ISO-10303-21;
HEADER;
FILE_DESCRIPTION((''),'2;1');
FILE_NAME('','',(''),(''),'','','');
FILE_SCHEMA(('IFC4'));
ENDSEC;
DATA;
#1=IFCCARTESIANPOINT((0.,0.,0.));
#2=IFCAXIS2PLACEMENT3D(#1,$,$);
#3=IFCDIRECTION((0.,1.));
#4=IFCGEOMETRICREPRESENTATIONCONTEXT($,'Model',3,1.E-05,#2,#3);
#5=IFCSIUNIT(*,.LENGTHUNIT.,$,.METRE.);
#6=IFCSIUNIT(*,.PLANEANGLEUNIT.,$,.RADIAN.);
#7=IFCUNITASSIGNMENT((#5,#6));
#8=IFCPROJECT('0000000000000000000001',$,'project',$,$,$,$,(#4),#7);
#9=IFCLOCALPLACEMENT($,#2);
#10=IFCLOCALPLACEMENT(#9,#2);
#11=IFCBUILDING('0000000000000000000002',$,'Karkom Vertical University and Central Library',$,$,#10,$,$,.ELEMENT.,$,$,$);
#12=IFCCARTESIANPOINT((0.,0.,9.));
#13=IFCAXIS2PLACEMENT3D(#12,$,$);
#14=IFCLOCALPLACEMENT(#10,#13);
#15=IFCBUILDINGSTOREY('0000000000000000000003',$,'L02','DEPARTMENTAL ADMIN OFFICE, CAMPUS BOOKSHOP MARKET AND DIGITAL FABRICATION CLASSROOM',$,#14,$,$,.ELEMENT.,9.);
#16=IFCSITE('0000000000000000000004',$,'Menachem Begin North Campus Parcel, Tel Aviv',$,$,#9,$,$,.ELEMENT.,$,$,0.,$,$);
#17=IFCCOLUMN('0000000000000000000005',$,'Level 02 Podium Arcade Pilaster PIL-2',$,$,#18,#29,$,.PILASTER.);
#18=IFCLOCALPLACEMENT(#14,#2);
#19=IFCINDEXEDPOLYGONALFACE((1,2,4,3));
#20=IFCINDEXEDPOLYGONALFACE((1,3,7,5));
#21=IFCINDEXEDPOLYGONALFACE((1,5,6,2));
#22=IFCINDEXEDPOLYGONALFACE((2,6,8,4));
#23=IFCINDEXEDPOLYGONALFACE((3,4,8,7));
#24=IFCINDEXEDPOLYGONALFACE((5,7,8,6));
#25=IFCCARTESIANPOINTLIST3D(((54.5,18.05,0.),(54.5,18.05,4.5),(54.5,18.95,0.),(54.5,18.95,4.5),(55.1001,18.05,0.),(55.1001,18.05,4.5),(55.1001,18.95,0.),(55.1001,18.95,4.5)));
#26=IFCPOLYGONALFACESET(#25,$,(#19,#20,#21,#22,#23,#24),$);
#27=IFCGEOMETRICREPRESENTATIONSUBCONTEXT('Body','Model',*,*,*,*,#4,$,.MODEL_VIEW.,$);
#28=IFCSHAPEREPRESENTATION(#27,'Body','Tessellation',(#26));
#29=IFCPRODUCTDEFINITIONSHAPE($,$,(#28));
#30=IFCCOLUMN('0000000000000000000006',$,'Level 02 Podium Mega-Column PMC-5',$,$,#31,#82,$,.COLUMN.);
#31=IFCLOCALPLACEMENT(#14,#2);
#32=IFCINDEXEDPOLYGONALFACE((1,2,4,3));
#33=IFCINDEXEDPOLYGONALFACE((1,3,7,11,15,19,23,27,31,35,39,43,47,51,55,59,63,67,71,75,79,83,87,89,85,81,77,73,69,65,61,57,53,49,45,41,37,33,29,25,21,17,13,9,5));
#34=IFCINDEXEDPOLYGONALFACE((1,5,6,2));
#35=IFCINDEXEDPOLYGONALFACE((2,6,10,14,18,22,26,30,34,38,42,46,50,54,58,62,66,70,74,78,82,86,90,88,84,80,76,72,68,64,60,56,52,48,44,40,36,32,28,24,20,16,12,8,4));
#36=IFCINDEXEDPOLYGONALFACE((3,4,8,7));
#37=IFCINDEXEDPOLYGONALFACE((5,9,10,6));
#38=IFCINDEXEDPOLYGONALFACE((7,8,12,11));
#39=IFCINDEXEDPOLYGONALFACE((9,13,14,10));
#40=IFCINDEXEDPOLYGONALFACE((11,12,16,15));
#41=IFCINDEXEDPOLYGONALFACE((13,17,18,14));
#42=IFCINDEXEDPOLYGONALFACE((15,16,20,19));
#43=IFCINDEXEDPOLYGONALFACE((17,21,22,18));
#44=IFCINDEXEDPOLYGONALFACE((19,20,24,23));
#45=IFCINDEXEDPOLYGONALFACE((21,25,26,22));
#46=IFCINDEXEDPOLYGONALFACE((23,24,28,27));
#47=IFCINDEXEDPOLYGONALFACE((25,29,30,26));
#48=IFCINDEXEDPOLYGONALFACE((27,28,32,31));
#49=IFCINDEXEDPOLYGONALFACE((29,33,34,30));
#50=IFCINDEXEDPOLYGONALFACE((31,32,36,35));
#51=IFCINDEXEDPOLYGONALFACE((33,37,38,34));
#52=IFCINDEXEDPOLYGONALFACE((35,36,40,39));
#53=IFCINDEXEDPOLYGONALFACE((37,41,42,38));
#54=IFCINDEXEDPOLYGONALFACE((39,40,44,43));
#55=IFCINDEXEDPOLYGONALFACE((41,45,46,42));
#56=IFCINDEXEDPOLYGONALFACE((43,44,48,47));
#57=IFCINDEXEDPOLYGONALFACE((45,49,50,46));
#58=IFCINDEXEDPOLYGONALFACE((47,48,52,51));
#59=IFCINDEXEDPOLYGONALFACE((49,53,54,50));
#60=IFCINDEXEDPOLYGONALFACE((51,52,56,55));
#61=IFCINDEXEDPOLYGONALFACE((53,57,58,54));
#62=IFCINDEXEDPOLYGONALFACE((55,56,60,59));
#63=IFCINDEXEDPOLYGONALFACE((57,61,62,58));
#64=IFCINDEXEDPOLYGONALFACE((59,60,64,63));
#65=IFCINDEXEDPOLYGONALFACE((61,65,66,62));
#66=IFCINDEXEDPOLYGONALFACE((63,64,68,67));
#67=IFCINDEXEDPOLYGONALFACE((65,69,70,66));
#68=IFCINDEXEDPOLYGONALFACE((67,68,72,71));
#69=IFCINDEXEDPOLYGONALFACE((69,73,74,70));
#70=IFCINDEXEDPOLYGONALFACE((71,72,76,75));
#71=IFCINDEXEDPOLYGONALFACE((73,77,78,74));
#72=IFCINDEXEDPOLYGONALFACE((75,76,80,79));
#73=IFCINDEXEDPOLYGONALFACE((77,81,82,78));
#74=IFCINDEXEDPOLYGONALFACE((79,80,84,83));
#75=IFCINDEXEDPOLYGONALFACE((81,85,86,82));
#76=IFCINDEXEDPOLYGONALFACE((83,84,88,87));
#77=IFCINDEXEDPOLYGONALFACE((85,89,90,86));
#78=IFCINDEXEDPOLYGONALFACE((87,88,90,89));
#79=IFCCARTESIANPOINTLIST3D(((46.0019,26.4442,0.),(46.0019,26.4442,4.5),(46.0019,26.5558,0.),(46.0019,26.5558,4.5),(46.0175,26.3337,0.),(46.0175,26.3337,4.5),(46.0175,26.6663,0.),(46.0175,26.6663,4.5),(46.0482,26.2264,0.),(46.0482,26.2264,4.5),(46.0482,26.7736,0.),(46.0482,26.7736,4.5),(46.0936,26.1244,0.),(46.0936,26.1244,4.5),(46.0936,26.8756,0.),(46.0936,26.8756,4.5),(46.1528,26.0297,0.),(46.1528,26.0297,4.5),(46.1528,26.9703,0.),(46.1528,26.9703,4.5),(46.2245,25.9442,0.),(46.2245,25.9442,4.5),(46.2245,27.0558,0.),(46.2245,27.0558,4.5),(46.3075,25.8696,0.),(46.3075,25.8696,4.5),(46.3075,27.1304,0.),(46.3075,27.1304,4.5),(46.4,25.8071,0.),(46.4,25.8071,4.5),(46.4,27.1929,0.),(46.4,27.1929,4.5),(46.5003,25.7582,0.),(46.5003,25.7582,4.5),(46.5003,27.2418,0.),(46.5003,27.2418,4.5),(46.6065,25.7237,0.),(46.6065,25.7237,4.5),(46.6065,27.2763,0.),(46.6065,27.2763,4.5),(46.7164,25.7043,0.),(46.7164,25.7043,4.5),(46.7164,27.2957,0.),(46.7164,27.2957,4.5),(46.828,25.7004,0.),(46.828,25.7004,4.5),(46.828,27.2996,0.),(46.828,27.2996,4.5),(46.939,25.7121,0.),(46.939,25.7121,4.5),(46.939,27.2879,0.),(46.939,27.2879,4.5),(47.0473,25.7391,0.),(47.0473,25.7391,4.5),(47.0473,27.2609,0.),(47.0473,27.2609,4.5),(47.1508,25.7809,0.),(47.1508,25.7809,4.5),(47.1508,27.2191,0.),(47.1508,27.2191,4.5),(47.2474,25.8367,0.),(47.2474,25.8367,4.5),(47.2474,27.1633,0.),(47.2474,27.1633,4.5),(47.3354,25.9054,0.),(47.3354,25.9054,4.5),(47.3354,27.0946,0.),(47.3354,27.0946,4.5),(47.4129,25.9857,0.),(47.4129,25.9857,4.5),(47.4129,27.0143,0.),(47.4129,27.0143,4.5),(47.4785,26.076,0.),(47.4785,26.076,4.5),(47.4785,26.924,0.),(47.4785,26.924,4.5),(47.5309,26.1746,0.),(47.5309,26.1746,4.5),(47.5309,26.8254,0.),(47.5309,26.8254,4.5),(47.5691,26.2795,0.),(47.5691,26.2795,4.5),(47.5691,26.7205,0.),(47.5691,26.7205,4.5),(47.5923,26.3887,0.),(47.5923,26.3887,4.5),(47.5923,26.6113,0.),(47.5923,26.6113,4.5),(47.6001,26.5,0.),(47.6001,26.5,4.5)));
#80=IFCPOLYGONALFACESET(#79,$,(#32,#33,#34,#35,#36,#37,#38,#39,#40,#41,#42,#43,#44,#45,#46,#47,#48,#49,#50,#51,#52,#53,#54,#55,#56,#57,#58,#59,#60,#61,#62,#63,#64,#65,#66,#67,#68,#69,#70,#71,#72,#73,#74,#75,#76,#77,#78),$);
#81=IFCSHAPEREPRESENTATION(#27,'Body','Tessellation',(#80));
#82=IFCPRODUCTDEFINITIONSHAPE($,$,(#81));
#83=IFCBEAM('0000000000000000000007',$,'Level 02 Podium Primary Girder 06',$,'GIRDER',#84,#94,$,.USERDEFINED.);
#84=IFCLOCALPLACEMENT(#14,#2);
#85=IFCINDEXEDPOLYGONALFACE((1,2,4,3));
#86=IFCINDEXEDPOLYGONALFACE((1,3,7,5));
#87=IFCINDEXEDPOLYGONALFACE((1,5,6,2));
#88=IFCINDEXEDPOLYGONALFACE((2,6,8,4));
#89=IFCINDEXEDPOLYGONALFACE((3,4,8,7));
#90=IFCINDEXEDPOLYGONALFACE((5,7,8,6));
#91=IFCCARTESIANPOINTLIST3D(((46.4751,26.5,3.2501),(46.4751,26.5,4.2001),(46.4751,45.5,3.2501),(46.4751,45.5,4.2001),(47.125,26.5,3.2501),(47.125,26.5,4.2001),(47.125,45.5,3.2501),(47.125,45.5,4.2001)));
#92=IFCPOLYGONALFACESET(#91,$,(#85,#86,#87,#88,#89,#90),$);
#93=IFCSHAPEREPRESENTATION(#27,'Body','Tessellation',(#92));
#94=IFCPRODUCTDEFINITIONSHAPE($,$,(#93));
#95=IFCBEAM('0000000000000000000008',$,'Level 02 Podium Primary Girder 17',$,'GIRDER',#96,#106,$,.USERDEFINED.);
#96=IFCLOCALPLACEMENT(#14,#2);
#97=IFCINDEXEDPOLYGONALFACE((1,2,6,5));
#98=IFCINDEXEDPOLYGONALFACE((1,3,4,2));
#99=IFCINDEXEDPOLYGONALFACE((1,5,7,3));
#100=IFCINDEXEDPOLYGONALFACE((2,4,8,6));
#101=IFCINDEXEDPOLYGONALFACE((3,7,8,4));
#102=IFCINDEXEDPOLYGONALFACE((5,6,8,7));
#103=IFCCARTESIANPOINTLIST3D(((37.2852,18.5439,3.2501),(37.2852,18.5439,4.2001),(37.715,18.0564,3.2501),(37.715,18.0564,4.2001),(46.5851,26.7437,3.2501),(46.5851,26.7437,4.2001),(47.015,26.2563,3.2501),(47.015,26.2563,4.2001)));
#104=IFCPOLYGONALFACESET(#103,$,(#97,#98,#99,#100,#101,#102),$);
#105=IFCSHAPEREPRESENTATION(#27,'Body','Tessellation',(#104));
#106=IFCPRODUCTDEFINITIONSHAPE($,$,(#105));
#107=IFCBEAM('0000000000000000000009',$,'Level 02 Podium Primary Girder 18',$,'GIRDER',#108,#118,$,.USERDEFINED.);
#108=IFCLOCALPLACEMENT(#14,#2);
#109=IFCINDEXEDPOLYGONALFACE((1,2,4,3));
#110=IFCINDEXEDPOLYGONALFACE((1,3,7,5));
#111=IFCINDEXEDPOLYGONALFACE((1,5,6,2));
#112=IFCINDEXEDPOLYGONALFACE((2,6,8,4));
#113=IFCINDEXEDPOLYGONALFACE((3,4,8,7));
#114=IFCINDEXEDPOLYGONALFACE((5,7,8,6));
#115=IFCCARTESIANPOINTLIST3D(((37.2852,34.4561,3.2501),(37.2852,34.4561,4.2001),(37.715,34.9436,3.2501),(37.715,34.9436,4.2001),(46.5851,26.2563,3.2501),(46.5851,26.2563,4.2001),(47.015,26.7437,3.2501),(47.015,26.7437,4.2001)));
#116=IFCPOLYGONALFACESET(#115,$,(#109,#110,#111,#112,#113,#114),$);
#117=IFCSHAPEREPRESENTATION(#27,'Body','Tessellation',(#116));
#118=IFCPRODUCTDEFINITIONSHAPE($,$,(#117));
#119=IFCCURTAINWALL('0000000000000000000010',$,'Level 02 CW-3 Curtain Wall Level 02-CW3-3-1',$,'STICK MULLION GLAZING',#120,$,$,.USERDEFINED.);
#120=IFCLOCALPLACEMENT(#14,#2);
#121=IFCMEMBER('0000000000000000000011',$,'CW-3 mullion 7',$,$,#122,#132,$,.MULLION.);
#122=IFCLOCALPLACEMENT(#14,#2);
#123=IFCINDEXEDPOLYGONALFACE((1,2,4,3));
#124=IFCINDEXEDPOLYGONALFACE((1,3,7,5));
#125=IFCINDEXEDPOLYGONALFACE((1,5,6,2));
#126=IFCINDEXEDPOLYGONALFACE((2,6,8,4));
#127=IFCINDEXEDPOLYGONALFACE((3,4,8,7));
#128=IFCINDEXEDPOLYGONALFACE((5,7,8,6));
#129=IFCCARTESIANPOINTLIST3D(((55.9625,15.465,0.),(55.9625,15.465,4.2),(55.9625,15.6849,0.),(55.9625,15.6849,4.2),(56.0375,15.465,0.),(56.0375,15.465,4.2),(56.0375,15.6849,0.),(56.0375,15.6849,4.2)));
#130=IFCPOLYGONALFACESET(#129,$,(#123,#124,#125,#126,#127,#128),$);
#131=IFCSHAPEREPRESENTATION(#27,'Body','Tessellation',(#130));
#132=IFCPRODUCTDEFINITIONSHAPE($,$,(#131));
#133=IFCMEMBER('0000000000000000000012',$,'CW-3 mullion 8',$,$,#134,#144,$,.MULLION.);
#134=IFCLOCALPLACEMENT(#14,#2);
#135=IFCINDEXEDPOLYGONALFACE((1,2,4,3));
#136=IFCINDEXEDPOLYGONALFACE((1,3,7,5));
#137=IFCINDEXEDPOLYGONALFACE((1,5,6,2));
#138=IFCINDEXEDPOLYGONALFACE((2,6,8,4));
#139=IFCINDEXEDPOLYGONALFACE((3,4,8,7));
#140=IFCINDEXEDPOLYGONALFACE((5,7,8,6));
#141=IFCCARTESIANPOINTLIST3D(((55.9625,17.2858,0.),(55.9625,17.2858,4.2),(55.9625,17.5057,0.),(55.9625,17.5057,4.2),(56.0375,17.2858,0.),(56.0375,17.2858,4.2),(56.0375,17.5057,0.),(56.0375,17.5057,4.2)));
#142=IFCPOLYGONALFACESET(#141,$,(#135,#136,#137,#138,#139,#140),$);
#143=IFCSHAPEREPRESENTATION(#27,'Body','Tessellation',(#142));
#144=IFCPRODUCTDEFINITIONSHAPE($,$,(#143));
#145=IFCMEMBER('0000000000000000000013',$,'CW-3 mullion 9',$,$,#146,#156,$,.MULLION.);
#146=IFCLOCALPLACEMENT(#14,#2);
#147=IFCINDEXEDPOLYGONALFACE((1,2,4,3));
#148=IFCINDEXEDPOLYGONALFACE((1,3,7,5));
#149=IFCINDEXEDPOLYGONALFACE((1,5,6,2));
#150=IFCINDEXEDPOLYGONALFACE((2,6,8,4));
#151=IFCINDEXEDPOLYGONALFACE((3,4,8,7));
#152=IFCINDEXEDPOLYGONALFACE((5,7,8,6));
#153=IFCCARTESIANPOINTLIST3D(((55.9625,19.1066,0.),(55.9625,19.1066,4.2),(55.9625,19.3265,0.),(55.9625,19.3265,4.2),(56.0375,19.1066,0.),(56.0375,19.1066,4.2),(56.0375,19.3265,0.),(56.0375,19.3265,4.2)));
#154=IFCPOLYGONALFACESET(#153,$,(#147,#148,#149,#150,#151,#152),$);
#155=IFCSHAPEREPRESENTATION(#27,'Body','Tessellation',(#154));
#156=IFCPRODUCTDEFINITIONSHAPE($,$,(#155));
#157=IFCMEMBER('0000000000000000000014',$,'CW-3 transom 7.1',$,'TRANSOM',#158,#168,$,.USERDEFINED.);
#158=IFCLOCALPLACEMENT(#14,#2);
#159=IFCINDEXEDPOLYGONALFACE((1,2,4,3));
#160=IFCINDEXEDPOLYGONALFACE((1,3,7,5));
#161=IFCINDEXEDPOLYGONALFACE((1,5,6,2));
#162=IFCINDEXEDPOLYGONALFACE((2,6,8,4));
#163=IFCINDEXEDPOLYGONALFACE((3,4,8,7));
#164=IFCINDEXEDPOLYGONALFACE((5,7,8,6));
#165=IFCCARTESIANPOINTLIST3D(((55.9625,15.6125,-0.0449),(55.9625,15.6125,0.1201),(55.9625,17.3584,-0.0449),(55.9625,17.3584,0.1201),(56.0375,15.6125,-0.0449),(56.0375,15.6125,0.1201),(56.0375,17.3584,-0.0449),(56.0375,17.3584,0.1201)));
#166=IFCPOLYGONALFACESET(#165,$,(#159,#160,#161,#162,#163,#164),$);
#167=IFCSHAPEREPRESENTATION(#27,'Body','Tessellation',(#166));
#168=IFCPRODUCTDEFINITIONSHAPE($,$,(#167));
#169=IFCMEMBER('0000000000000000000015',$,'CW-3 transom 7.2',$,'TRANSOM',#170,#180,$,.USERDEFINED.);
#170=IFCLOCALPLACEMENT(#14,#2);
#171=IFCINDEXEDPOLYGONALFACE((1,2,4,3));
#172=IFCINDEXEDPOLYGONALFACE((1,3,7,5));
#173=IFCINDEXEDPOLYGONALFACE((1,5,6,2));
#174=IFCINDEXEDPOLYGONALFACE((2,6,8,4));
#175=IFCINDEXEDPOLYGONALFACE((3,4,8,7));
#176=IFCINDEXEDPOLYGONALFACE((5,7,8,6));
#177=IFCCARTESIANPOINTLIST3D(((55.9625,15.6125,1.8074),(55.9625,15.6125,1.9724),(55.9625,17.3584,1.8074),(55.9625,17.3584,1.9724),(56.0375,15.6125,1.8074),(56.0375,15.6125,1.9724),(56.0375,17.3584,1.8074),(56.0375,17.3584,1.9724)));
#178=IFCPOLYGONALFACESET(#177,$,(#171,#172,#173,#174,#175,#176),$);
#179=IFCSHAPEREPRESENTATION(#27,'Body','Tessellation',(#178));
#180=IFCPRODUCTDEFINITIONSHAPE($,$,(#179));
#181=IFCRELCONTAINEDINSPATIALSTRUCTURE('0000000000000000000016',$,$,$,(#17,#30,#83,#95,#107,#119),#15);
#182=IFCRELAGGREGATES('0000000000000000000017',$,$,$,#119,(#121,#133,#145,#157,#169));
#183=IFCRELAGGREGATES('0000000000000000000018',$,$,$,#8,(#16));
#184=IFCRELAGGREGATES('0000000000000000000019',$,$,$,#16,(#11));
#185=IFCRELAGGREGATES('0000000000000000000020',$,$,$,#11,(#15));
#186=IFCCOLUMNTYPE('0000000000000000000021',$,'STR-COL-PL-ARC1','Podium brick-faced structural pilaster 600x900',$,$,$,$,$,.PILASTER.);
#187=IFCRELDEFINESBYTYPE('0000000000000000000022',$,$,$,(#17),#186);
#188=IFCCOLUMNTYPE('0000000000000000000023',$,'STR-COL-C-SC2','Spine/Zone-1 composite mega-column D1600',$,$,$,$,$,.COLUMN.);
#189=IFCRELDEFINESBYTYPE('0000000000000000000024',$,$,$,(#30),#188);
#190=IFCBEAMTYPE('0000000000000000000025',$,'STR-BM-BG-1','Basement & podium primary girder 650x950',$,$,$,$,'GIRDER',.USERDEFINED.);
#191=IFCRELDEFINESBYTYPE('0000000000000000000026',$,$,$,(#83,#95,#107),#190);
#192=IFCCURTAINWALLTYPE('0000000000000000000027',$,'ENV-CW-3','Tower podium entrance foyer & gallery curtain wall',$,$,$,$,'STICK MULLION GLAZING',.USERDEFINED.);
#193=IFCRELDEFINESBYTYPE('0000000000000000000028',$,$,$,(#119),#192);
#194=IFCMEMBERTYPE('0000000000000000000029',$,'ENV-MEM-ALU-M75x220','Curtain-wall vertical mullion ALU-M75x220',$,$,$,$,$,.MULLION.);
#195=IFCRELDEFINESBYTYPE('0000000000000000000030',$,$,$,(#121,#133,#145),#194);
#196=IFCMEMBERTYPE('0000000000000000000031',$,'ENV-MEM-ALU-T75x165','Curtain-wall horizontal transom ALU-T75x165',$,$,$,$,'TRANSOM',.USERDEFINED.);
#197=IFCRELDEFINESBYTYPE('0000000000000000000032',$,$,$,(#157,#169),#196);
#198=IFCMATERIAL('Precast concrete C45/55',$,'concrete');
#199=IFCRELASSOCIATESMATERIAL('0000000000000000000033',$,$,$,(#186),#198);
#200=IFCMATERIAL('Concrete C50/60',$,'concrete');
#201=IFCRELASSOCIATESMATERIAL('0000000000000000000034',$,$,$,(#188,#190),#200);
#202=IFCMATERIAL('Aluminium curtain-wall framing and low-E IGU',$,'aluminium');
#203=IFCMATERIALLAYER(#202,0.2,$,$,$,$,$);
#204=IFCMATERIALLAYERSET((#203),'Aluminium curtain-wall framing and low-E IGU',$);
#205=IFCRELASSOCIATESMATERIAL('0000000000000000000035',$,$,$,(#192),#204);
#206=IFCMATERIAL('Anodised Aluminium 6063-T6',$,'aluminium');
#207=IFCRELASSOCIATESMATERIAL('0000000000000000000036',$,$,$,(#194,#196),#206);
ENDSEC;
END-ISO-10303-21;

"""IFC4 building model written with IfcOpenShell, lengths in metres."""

from ifc_helpers import new_model, si_unit, direction, frame, origin, origin_with_axes, origin_2d, place, context, subcontext, project, spatial, rectangle, circle, extrude, source, transform, mapped, material, layer, layer_set, material_profile, profile_set, type_object, element, aggregate, save


model = new_model("IFC4")

# Units and contexts
model_context = context("Model", 3, precision=1e-05, world=origin(), true_north=direction((0.0, 1.0)))
body_context = subcontext(model_context, "Body", "Model", "MODEL_VIEW")
ifc_project = project(units=[si_unit("LENGTHUNIT", "METRE"), si_unit("PLANEANGLEUNIT", "RADIAN")], contexts=[model_context])

# Site, building, storey
site_placement = place(None, origin())
site = spatial("IfcSite", under=ifc_project, at=site_placement, Name="Menachem Begin North Campus Parcel, Tel Aviv", CompositionType="ELEMENT", RefElevation=0.0)
building_placement = place(site_placement, origin())
building = spatial("IfcBuilding", under=site, at=building_placement, Name="Karkom Vertical University and Central Library", CompositionType="ELEMENT")
storey_placement = place(building_placement, frame((0.0, 0.0, 9.0)))
storey = spatial("IfcBuildingStorey", under=building, at=storey_placement, Name="L02", Description="DEPARTMENTAL ADMIN OFFICE, CAMPUS BOOKSHOP MARKET AND DIGITAL FABRICATION CLASSROOM", CompositionType="ELEMENT", Elevation=9.0)

# Columns
ifc_material_1 = material(Name="Precast concrete C45/55", Category="concrete")
ifc_material_profile_1 = material_profile(ifc_material_1, rectangle(XDim=0.6001, YDim=0.8999, at=origin_2d()), Name="PIL-600x900")
ifc_profile_set_1 = profile_set([ifc_material_profile_1], Name="Precast concrete C45/55")
column_type_1 = type_object("IfcColumnType", Name="STR-COL-PL-ARC1", Description="Podium brick-faced structural pilaster 600x900", PredefinedType="PILASTER", material=ifc_profile_set_1)
shared_shape_1 = source(origin_with_axes(), body_context, "Body", "SweptSolid", [
    extrude(rectangle(XDim=0.6001, YDim=0.8999, at=origin_2d()), origin(), (0.0, 0.0, 1.0), 4.5),
])
column_1_placement = place(storey_placement, frame((54.8, 18.5, 0.0), z_axis=(0.0, 0.0, 1.0), x_axis=(1.0, 0.0, 0.0)))
element("IfcColumn", 1, at=column_1_placement, inside=storey, type_object=column_type_1, Name="Level 02 Podium Arcade Pilaster PIL-2", PredefinedType="PILASTER", context=body_context, shape_type="MappedRepresentation", body=[
    mapped(shared_shape_1, transform((0.0, 0.0, 0.0), scale=1.0)),
])
ifc_material_2 = material(Name="Concrete C50/60", Category="concrete")
ifc_material_profile_2 = material_profile(ifc_material_2, circle(Radius=0.8, at=origin_2d()), Name="CFT-D1600")
ifc_profile_set_2 = profile_set([ifc_material_profile_2], Name="Concrete C50/60")
column_type_2 = type_object("IfcColumnType", Name="STR-COL-C-SC2", Description="Spine/Zone-1 composite mega-column D1600", PredefinedType="COLUMN", material=ifc_profile_set_2)
shared_shape_2 = source(origin_with_axes(), body_context, "Body", "SweptSolid", [
    extrude(circle(Radius=0.8, at=origin_2d()), origin(), (0.0, 0.0, 1.0), 4.5),
])
column_2_placement = place(storey_placement, frame((46.8, 26.5, 0.0), z_axis=(0.0, 0.0, 1.0), x_axis=(1.0, 0.0, 0.0)))
element("IfcColumn", 2, at=column_2_placement, inside=storey, type_object=column_type_2, Name="Level 02 Podium Mega-Column PMC-5", PredefinedType="COLUMN", context=body_context, shape_type="MappedRepresentation", body=[
    mapped(shared_shape_2, transform((0.0, 0.0, 0.0), scale=1.0)),
])

# Beams
ifc_material_profile_3 = material_profile(ifc_material_2, rectangle(XDim=0.6499, YDim=0.95, at=origin_2d()), Name="RCG-650x950")
ifc_profile_set_3 = profile_set([ifc_material_profile_3], Name="Concrete C50/60")
beam_type = type_object("IfcBeamType", Name="STR-BM-BG-1", Description="Basement & podium primary girder 650x950", ElementType="GIRDER", PredefinedType="USERDEFINED", material=ifc_profile_set_3)
shared_shape_3 = source(origin_with_axes(), body_context, "Body", "SweptSolid", [
    extrude(rectangle(XDim=0.6499, YDim=0.95, at=origin_2d()), origin(), (0.0, 0.0, 1.0), 19.0),
])
beam_placement = place(storey_placement, frame((46.8, 26.5, 3.7251), z_axis=(0.0, 1.0, 0.0), x_axis=(-1.0, 0.0, 0.0)))
element("IfcBeam", 3, at=beam_placement, inside=storey, type_object=beam_type, Name="Level 02 Podium Primary Girder 06", ObjectType="GIRDER", PredefinedType="USERDEFINED", context=body_context, shape_type="MappedRepresentation", body=[
    mapped(shared_shape_3, transform((0.0, 0.0, 0.0), scale=1.0)),
])
shared_shape_4 = source(origin_with_axes(), body_context, "Body", "SweptSolid", [
    extrude(rectangle(XDim=0.6499, YDim=0.95, at=origin_2d()), origin(), (0.0, 0.0, 1.0), 12.3987),
])
for number, where, z_axis, x_axis, name in (
    (4, (46.8, 26.5, 3.7251), (-0.750077, -0.661351, 0.0), (0.661351, -0.750077, 0.0), "Level 02 Podium Primary Girder 17"),
    (5, (46.8, 26.5, 3.7251), (-0.750077, 0.661351, 0.0), (-0.661351, -0.750077, 0.0), "Level 02 Podium Primary Girder 18"),
):
    element("IfcBeam", number, at=place(storey_placement, frame(where, z_axis=z_axis, x_axis=x_axis)), inside=storey, type_object=beam_type, Name=name, ObjectType="GIRDER", PredefinedType="USERDEFINED", context=body_context, shape_type="MappedRepresentation", body=[
        mapped(shared_shape_4, transform((0.0, 0.0, 0.0), scale=1.0)),
    ])

# Curtain wall, members
ifc_material_3 = material(Name="Aluminium curtain-wall framing and low-E IGU", Category="aluminium")
ifc_layer_1 = layer(ifc_material_3, 0.2)
ifc_layer_set_1 = layer_set([ifc_layer_1], Name="Aluminium curtain-wall framing and low-E IGU")
curtain_wall_type = type_object("IfcCurtainWallType", Name="ENV-CW-3", Description="Tower podium entrance foyer & gallery curtain wall", ElementType="STICK MULLION GLAZING", PredefinedType="USERDEFINED", material=ifc_layer_set_1)
curtain_wall_placement = place(storey_placement, origin())
curtain_wall = element("IfcCurtainWall", 6, at=curtain_wall_placement, inside=storey, type_object=curtain_wall_type, Name="Level 02 CW-3 Curtain Wall Level 02-CW3-3-1", ObjectType="STICK MULLION GLAZING", PredefinedType="USERDEFINED")
ifc_material_4 = material(Name="Anodised Aluminium 6063-T6", Category="aluminium")
ifc_material_profile_4 = material_profile(ifc_material_4, rectangle(XDim=0.075, YDim=0.22, at=origin_2d()), Name="ALU-M75x220")
ifc_profile_set_4 = profile_set([ifc_material_profile_4], Name="Anodised Aluminium 6063-T6")
member_type_1 = type_object("IfcMemberType", Name="ENV-MEM-ALU-M75x220", Description="Curtain-wall vertical mullion ALU-M75x220", PredefinedType="MULLION", material=ifc_profile_set_4)
shared_shape_5 = source(origin_with_axes(), body_context, "Body", "SweptSolid", [
    extrude(rectangle(XDim=0.075, YDim=0.22, at=origin_2d()), origin(), (0.0, 0.0, 1.0), 4.2),
])
member_1_placement = place(storey_placement, frame((56.0, 15.575, 0.0), z_axis=(0.0, 0.0, 1.0), x_axis=(-1.0, 0.0, 0.0)))
member_1 = element("IfcMember", 7, at=member_1_placement, type_object=member_type_1, Name="CW-3 mullion 7", PredefinedType="MULLION", context=body_context, shape_type="MappedRepresentation", body=[
    mapped(shared_shape_5, transform((0.0, 0.0, 0.0), scale=1.0)),
])
member_2_placement = place(storey_placement, frame((56.0, 17.3958, 0.0), z_axis=(0.0, 0.0, 1.0), x_axis=(-1.0, 0.0, 0.0)))
member_2 = element("IfcMember", 8, at=member_2_placement, type_object=member_type_1, Name="CW-3 mullion 8", PredefinedType="MULLION", context=body_context, shape_type="MappedRepresentation", body=[
    mapped(shared_shape_5, transform((0.0, 0.0, 0.0), scale=1.0)),
])
member_3_placement = place(storey_placement, frame((56.0, 19.2166, 0.0), z_axis=(0.0, 0.0, 1.0), x_axis=(-1.0, 0.0, 0.0)))
member_3 = element("IfcMember", 9, at=member_3_placement, type_object=member_type_1, Name="CW-3 mullion 9", PredefinedType="MULLION", context=body_context, shape_type="MappedRepresentation", body=[
    mapped(shared_shape_5, transform((0.0, 0.0, 0.0), scale=1.0)),
])
ifc_material_profile_5 = material_profile(ifc_material_4, rectangle(XDim=0.075, YDim=0.165, at=origin_2d()), Name="ALU-T75x165")
ifc_profile_set_5 = profile_set([ifc_material_profile_5], Name="Anodised Aluminium 6063-T6")
member_type_2 = type_object("IfcMemberType", Name="ENV-MEM-ALU-T75x165", Description="Curtain-wall horizontal transom ALU-T75x165", ElementType="TRANSOM", PredefinedType="USERDEFINED", material=ifc_profile_set_5)
shared_shape_6 = source(origin_with_axes(), body_context, "Body", "SweptSolid", [
    extrude(rectangle(XDim=0.075, YDim=0.165, at=origin_2d()), origin(), (0.0, 0.0, 1.0), 1.7458),
])
member_4_placement = place(storey_placement, frame((56.0, 15.6125, 0.0376), z_axis=(0.0, 1.0, 0.0), x_axis=(-1.0, 0.0, 0.0)))
member_4 = element("IfcMember", 10, at=member_4_placement, type_object=member_type_2, Name="CW-3 transom 7.1", ObjectType="TRANSOM", PredefinedType="USERDEFINED", context=body_context, shape_type="MappedRepresentation", body=[
    mapped(shared_shape_6, transform((0.0, 0.0, 0.0), scale=1.0)),
])
member_5_placement = place(storey_placement, frame((56.0, 15.6125, 1.8899), z_axis=(0.0, 1.0, 0.0), x_axis=(-1.0, 0.0, 0.0)))
member_5 = element("IfcMember", 11, at=member_5_placement, type_object=member_type_2, Name="CW-3 transom 7.2", ObjectType="TRANSOM", PredefinedType="USERDEFINED", context=body_context, shape_type="MappedRepresentation", body=[
    mapped(shared_shape_6, transform((0.0, 0.0, 0.0), scale=1.0)),
])
aggregate(curtain_wall, [member_1, member_2, member_3, member_4, member_5])

save(model, "model.ifc")
